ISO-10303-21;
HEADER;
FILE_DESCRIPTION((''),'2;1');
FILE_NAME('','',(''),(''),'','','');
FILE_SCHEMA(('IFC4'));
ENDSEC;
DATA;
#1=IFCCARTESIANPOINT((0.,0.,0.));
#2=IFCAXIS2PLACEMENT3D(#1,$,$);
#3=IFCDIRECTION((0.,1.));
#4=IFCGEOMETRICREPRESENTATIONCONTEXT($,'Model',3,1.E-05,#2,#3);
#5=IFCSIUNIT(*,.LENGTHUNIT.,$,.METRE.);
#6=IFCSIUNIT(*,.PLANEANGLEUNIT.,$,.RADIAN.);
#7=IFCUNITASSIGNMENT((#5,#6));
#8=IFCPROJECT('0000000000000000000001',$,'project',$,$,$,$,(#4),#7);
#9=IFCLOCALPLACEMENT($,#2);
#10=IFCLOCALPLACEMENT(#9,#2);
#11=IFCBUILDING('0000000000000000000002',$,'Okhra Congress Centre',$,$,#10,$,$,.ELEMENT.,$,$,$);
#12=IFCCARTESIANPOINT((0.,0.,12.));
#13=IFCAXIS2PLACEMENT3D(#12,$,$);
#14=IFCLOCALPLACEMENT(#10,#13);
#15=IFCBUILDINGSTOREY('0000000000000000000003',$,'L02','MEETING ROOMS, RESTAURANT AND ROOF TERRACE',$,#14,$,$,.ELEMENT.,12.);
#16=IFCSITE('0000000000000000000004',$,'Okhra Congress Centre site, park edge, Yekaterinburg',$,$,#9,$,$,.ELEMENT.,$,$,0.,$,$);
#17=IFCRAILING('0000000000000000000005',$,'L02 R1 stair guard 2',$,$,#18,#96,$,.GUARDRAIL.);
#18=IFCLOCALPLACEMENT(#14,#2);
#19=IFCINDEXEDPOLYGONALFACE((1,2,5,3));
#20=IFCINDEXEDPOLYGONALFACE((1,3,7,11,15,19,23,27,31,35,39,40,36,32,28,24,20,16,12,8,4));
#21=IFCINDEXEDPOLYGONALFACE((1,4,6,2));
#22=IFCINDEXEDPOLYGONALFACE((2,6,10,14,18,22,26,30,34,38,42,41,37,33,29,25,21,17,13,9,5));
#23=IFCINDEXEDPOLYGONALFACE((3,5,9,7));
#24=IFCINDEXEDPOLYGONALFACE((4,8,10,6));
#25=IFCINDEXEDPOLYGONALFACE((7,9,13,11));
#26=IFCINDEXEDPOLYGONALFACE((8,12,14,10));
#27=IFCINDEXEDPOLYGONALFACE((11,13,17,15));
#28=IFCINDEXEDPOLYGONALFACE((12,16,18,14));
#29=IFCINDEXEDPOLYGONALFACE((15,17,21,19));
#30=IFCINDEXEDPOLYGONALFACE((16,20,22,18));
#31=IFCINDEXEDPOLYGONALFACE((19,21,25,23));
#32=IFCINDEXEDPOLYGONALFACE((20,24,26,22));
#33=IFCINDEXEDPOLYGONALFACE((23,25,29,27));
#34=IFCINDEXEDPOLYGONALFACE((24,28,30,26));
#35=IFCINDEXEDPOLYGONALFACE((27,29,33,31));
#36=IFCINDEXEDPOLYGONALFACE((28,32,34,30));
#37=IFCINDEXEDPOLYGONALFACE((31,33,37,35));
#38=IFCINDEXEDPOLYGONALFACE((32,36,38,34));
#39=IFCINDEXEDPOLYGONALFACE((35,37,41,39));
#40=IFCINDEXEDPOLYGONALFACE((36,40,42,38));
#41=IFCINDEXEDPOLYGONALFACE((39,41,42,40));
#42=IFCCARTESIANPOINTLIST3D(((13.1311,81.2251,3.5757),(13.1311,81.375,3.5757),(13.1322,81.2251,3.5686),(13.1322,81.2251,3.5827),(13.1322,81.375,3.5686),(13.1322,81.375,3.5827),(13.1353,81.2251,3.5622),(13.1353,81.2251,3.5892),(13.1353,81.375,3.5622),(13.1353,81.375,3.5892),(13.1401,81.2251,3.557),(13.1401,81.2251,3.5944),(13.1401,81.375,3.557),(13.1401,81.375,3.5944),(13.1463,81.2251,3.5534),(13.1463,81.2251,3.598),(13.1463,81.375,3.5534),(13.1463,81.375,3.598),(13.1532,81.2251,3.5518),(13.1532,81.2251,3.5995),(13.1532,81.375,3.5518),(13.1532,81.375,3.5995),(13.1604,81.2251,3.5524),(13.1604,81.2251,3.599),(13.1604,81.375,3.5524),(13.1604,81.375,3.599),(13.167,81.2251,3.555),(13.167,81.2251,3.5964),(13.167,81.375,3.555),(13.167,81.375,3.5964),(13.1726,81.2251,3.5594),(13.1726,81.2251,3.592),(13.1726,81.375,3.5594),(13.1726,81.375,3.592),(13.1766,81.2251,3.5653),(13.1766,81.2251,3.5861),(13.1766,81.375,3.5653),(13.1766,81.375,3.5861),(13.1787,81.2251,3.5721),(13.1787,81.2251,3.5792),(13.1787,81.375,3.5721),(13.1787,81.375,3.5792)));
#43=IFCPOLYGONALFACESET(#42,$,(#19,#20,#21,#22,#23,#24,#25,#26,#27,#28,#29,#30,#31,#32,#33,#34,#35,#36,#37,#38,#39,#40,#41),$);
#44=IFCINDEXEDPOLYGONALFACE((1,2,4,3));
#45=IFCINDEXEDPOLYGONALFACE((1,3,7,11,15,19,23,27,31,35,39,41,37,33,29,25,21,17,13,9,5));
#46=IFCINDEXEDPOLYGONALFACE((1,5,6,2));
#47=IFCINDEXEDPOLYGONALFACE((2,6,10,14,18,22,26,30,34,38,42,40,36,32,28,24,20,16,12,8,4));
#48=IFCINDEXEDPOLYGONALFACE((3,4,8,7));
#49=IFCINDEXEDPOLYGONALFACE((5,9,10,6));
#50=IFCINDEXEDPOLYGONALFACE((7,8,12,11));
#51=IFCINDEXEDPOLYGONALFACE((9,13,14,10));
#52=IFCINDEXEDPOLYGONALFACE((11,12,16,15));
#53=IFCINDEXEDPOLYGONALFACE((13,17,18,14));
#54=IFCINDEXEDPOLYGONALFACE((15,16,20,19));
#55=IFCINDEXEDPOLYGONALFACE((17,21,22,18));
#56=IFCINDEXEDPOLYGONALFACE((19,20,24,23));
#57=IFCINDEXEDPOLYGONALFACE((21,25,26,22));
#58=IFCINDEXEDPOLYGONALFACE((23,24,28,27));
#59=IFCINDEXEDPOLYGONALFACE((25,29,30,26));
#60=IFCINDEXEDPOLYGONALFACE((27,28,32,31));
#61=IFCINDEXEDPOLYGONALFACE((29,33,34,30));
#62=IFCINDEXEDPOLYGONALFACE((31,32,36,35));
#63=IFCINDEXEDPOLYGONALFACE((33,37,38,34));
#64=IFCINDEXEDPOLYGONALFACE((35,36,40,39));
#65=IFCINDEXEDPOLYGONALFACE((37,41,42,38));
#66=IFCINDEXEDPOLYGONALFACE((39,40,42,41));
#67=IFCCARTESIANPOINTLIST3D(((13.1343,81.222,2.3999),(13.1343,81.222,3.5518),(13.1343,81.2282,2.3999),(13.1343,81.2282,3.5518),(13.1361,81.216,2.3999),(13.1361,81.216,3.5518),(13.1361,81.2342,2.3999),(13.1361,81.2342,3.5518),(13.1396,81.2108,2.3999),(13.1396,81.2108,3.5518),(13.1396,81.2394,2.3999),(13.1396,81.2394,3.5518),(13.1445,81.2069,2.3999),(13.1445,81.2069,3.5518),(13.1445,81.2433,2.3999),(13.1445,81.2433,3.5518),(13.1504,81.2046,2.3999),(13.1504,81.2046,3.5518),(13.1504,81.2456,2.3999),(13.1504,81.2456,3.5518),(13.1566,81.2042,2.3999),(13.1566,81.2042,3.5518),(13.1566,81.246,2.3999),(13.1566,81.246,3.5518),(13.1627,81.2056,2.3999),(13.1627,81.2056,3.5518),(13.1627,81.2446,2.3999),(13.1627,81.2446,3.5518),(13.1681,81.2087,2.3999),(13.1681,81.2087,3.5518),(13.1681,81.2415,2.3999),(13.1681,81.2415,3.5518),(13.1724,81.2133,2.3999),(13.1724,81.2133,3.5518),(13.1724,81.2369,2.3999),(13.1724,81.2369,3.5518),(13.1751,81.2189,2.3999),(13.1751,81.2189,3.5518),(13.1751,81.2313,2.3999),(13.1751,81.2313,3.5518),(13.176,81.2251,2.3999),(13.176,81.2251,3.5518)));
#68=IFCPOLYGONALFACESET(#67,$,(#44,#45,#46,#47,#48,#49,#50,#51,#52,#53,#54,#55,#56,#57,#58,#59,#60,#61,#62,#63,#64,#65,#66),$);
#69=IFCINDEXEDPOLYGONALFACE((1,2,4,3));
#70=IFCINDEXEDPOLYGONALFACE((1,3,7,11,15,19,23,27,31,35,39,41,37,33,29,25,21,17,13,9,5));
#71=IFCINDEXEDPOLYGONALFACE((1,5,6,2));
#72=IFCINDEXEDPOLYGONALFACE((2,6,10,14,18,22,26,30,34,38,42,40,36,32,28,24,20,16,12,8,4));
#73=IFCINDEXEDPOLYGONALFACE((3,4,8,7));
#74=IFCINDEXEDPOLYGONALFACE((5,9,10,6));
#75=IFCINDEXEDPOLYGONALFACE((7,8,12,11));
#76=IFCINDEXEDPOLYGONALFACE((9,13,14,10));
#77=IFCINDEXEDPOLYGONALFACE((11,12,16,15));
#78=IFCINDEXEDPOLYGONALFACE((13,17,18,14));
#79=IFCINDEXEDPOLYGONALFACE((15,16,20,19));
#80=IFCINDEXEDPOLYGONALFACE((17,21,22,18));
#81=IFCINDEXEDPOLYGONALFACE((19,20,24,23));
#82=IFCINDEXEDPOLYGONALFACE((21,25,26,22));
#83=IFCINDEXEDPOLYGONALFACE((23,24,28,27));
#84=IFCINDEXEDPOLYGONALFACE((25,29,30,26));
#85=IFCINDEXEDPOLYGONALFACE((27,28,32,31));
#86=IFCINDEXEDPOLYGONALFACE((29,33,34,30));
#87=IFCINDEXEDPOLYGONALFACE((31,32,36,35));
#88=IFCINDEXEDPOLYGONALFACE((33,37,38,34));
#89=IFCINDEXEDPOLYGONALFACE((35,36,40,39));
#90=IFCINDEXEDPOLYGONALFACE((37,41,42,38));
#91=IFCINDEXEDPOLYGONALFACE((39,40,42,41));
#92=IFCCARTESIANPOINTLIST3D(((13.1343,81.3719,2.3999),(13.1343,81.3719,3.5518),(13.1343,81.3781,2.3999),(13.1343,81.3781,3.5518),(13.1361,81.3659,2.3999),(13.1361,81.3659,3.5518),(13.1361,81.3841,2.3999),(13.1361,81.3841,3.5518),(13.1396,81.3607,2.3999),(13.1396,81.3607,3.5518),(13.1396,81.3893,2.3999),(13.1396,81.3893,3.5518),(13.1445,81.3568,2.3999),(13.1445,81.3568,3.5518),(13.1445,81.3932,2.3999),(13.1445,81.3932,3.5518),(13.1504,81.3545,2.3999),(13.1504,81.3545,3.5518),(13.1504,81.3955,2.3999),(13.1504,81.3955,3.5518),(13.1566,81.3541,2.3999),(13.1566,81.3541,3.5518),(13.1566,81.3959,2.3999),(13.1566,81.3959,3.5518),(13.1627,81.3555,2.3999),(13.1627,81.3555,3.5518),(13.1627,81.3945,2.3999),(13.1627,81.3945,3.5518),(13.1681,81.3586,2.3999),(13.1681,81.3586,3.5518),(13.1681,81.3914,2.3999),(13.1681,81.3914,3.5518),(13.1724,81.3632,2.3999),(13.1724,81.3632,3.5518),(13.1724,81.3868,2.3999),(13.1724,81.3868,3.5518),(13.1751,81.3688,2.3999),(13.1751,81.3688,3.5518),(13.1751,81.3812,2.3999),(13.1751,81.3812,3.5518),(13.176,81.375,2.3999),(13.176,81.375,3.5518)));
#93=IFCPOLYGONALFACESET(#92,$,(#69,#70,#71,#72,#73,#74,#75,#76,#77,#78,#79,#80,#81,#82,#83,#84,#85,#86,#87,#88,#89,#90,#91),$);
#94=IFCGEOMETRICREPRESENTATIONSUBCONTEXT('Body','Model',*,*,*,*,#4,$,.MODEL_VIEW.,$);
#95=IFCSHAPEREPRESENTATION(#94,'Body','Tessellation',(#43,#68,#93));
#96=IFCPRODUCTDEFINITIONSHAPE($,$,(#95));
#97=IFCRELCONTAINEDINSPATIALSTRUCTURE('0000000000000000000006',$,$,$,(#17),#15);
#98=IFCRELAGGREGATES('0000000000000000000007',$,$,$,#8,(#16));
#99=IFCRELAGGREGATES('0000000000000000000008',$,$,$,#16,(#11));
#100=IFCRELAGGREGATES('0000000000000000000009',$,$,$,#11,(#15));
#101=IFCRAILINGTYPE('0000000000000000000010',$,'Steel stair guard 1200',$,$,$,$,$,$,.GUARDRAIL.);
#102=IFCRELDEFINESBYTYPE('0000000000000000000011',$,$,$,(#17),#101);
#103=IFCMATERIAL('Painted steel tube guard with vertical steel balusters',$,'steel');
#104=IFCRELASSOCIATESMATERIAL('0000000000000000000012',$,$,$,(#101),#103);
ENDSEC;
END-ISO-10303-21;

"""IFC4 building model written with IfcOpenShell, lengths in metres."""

from ifc_helpers import new_model, si_unit, direction, frame, origin, origin_2d, place, context, subcontext, project, spatial, circle, extrude, material, type_object, element, save


model = new_model("IFC4")

# Units and contexts
model_context = context("Model", 3, precision=1e-05, world=origin(), true_north=direction((0.0, 1.0)))
body_context = subcontext(model_context, "Body", "Model", "MODEL_VIEW")
ifc_project = project(units=[si_unit("LENGTHUNIT", "METRE"), si_unit("PLANEANGLEUNIT", "RADIAN")], contexts=[model_context])

# Site, building, storey
site_placement = place(None, origin())
site = spatial("IfcSite", under=ifc_project, at=site_placement, Name="Okhra Congress Centre site, park edge, Yekaterinburg", CompositionType="ELEMENT", RefElevation=0.0)
building_placement = place(site_placement, origin())
building = spatial("IfcBuilding", under=site, at=building_placement, Name="Okhra Congress Centre", CompositionType="ELEMENT")
storey_placement = place(building_placement, frame((0.0, 0.0, 12.0)))
storey = spatial("IfcBuildingStorey", under=building, at=storey_placement, Name="L02", Description="MEETING ROOMS, RESTAURANT AND ROOF TERRACE", CompositionType="ELEMENT", Elevation=12.0)

# Railing
ifc_material_1 = material(Name="Painted steel tube guard with vertical steel balusters", Category="steel")
railing_type_1 = type_object("IfcRailingType", Name="Steel stair guard 1200", PredefinedType="GUARDRAIL", material=ifc_material_1)
railing_1_placement = place(storey_placement, frame((13.155, 81.2251, 2.3999)))
element("IfcRailing", 1, at=railing_1_placement, inside=storey, type_object=railing_type_1, Name="L02 R1 stair guard 2", PredefinedType="GUARDRAIL", context=body_context, shape_type="SweptSolid", body=[
    extrude(circle(Radius=0.0239, at=origin_2d()), frame((0.0, 0.0, 1.1758), z_axis=(0.0, 1.0, 0.0), x_axis=(-1.0, 0.0, 0.0)), (0.0, 0.0, 1.0), 0.1499),
    extrude(circle(Radius=0.021, at=origin_2d()), origin(), (0.0, 0.0, 1.0), 1.1519),
    extrude(circle(Radius=0.021, at=origin_2d()), frame((0.0, 0.1499, 0.0)), (0.0, 0.0, 1.0), 1.1519),
])

save(model, "model.ifc")
